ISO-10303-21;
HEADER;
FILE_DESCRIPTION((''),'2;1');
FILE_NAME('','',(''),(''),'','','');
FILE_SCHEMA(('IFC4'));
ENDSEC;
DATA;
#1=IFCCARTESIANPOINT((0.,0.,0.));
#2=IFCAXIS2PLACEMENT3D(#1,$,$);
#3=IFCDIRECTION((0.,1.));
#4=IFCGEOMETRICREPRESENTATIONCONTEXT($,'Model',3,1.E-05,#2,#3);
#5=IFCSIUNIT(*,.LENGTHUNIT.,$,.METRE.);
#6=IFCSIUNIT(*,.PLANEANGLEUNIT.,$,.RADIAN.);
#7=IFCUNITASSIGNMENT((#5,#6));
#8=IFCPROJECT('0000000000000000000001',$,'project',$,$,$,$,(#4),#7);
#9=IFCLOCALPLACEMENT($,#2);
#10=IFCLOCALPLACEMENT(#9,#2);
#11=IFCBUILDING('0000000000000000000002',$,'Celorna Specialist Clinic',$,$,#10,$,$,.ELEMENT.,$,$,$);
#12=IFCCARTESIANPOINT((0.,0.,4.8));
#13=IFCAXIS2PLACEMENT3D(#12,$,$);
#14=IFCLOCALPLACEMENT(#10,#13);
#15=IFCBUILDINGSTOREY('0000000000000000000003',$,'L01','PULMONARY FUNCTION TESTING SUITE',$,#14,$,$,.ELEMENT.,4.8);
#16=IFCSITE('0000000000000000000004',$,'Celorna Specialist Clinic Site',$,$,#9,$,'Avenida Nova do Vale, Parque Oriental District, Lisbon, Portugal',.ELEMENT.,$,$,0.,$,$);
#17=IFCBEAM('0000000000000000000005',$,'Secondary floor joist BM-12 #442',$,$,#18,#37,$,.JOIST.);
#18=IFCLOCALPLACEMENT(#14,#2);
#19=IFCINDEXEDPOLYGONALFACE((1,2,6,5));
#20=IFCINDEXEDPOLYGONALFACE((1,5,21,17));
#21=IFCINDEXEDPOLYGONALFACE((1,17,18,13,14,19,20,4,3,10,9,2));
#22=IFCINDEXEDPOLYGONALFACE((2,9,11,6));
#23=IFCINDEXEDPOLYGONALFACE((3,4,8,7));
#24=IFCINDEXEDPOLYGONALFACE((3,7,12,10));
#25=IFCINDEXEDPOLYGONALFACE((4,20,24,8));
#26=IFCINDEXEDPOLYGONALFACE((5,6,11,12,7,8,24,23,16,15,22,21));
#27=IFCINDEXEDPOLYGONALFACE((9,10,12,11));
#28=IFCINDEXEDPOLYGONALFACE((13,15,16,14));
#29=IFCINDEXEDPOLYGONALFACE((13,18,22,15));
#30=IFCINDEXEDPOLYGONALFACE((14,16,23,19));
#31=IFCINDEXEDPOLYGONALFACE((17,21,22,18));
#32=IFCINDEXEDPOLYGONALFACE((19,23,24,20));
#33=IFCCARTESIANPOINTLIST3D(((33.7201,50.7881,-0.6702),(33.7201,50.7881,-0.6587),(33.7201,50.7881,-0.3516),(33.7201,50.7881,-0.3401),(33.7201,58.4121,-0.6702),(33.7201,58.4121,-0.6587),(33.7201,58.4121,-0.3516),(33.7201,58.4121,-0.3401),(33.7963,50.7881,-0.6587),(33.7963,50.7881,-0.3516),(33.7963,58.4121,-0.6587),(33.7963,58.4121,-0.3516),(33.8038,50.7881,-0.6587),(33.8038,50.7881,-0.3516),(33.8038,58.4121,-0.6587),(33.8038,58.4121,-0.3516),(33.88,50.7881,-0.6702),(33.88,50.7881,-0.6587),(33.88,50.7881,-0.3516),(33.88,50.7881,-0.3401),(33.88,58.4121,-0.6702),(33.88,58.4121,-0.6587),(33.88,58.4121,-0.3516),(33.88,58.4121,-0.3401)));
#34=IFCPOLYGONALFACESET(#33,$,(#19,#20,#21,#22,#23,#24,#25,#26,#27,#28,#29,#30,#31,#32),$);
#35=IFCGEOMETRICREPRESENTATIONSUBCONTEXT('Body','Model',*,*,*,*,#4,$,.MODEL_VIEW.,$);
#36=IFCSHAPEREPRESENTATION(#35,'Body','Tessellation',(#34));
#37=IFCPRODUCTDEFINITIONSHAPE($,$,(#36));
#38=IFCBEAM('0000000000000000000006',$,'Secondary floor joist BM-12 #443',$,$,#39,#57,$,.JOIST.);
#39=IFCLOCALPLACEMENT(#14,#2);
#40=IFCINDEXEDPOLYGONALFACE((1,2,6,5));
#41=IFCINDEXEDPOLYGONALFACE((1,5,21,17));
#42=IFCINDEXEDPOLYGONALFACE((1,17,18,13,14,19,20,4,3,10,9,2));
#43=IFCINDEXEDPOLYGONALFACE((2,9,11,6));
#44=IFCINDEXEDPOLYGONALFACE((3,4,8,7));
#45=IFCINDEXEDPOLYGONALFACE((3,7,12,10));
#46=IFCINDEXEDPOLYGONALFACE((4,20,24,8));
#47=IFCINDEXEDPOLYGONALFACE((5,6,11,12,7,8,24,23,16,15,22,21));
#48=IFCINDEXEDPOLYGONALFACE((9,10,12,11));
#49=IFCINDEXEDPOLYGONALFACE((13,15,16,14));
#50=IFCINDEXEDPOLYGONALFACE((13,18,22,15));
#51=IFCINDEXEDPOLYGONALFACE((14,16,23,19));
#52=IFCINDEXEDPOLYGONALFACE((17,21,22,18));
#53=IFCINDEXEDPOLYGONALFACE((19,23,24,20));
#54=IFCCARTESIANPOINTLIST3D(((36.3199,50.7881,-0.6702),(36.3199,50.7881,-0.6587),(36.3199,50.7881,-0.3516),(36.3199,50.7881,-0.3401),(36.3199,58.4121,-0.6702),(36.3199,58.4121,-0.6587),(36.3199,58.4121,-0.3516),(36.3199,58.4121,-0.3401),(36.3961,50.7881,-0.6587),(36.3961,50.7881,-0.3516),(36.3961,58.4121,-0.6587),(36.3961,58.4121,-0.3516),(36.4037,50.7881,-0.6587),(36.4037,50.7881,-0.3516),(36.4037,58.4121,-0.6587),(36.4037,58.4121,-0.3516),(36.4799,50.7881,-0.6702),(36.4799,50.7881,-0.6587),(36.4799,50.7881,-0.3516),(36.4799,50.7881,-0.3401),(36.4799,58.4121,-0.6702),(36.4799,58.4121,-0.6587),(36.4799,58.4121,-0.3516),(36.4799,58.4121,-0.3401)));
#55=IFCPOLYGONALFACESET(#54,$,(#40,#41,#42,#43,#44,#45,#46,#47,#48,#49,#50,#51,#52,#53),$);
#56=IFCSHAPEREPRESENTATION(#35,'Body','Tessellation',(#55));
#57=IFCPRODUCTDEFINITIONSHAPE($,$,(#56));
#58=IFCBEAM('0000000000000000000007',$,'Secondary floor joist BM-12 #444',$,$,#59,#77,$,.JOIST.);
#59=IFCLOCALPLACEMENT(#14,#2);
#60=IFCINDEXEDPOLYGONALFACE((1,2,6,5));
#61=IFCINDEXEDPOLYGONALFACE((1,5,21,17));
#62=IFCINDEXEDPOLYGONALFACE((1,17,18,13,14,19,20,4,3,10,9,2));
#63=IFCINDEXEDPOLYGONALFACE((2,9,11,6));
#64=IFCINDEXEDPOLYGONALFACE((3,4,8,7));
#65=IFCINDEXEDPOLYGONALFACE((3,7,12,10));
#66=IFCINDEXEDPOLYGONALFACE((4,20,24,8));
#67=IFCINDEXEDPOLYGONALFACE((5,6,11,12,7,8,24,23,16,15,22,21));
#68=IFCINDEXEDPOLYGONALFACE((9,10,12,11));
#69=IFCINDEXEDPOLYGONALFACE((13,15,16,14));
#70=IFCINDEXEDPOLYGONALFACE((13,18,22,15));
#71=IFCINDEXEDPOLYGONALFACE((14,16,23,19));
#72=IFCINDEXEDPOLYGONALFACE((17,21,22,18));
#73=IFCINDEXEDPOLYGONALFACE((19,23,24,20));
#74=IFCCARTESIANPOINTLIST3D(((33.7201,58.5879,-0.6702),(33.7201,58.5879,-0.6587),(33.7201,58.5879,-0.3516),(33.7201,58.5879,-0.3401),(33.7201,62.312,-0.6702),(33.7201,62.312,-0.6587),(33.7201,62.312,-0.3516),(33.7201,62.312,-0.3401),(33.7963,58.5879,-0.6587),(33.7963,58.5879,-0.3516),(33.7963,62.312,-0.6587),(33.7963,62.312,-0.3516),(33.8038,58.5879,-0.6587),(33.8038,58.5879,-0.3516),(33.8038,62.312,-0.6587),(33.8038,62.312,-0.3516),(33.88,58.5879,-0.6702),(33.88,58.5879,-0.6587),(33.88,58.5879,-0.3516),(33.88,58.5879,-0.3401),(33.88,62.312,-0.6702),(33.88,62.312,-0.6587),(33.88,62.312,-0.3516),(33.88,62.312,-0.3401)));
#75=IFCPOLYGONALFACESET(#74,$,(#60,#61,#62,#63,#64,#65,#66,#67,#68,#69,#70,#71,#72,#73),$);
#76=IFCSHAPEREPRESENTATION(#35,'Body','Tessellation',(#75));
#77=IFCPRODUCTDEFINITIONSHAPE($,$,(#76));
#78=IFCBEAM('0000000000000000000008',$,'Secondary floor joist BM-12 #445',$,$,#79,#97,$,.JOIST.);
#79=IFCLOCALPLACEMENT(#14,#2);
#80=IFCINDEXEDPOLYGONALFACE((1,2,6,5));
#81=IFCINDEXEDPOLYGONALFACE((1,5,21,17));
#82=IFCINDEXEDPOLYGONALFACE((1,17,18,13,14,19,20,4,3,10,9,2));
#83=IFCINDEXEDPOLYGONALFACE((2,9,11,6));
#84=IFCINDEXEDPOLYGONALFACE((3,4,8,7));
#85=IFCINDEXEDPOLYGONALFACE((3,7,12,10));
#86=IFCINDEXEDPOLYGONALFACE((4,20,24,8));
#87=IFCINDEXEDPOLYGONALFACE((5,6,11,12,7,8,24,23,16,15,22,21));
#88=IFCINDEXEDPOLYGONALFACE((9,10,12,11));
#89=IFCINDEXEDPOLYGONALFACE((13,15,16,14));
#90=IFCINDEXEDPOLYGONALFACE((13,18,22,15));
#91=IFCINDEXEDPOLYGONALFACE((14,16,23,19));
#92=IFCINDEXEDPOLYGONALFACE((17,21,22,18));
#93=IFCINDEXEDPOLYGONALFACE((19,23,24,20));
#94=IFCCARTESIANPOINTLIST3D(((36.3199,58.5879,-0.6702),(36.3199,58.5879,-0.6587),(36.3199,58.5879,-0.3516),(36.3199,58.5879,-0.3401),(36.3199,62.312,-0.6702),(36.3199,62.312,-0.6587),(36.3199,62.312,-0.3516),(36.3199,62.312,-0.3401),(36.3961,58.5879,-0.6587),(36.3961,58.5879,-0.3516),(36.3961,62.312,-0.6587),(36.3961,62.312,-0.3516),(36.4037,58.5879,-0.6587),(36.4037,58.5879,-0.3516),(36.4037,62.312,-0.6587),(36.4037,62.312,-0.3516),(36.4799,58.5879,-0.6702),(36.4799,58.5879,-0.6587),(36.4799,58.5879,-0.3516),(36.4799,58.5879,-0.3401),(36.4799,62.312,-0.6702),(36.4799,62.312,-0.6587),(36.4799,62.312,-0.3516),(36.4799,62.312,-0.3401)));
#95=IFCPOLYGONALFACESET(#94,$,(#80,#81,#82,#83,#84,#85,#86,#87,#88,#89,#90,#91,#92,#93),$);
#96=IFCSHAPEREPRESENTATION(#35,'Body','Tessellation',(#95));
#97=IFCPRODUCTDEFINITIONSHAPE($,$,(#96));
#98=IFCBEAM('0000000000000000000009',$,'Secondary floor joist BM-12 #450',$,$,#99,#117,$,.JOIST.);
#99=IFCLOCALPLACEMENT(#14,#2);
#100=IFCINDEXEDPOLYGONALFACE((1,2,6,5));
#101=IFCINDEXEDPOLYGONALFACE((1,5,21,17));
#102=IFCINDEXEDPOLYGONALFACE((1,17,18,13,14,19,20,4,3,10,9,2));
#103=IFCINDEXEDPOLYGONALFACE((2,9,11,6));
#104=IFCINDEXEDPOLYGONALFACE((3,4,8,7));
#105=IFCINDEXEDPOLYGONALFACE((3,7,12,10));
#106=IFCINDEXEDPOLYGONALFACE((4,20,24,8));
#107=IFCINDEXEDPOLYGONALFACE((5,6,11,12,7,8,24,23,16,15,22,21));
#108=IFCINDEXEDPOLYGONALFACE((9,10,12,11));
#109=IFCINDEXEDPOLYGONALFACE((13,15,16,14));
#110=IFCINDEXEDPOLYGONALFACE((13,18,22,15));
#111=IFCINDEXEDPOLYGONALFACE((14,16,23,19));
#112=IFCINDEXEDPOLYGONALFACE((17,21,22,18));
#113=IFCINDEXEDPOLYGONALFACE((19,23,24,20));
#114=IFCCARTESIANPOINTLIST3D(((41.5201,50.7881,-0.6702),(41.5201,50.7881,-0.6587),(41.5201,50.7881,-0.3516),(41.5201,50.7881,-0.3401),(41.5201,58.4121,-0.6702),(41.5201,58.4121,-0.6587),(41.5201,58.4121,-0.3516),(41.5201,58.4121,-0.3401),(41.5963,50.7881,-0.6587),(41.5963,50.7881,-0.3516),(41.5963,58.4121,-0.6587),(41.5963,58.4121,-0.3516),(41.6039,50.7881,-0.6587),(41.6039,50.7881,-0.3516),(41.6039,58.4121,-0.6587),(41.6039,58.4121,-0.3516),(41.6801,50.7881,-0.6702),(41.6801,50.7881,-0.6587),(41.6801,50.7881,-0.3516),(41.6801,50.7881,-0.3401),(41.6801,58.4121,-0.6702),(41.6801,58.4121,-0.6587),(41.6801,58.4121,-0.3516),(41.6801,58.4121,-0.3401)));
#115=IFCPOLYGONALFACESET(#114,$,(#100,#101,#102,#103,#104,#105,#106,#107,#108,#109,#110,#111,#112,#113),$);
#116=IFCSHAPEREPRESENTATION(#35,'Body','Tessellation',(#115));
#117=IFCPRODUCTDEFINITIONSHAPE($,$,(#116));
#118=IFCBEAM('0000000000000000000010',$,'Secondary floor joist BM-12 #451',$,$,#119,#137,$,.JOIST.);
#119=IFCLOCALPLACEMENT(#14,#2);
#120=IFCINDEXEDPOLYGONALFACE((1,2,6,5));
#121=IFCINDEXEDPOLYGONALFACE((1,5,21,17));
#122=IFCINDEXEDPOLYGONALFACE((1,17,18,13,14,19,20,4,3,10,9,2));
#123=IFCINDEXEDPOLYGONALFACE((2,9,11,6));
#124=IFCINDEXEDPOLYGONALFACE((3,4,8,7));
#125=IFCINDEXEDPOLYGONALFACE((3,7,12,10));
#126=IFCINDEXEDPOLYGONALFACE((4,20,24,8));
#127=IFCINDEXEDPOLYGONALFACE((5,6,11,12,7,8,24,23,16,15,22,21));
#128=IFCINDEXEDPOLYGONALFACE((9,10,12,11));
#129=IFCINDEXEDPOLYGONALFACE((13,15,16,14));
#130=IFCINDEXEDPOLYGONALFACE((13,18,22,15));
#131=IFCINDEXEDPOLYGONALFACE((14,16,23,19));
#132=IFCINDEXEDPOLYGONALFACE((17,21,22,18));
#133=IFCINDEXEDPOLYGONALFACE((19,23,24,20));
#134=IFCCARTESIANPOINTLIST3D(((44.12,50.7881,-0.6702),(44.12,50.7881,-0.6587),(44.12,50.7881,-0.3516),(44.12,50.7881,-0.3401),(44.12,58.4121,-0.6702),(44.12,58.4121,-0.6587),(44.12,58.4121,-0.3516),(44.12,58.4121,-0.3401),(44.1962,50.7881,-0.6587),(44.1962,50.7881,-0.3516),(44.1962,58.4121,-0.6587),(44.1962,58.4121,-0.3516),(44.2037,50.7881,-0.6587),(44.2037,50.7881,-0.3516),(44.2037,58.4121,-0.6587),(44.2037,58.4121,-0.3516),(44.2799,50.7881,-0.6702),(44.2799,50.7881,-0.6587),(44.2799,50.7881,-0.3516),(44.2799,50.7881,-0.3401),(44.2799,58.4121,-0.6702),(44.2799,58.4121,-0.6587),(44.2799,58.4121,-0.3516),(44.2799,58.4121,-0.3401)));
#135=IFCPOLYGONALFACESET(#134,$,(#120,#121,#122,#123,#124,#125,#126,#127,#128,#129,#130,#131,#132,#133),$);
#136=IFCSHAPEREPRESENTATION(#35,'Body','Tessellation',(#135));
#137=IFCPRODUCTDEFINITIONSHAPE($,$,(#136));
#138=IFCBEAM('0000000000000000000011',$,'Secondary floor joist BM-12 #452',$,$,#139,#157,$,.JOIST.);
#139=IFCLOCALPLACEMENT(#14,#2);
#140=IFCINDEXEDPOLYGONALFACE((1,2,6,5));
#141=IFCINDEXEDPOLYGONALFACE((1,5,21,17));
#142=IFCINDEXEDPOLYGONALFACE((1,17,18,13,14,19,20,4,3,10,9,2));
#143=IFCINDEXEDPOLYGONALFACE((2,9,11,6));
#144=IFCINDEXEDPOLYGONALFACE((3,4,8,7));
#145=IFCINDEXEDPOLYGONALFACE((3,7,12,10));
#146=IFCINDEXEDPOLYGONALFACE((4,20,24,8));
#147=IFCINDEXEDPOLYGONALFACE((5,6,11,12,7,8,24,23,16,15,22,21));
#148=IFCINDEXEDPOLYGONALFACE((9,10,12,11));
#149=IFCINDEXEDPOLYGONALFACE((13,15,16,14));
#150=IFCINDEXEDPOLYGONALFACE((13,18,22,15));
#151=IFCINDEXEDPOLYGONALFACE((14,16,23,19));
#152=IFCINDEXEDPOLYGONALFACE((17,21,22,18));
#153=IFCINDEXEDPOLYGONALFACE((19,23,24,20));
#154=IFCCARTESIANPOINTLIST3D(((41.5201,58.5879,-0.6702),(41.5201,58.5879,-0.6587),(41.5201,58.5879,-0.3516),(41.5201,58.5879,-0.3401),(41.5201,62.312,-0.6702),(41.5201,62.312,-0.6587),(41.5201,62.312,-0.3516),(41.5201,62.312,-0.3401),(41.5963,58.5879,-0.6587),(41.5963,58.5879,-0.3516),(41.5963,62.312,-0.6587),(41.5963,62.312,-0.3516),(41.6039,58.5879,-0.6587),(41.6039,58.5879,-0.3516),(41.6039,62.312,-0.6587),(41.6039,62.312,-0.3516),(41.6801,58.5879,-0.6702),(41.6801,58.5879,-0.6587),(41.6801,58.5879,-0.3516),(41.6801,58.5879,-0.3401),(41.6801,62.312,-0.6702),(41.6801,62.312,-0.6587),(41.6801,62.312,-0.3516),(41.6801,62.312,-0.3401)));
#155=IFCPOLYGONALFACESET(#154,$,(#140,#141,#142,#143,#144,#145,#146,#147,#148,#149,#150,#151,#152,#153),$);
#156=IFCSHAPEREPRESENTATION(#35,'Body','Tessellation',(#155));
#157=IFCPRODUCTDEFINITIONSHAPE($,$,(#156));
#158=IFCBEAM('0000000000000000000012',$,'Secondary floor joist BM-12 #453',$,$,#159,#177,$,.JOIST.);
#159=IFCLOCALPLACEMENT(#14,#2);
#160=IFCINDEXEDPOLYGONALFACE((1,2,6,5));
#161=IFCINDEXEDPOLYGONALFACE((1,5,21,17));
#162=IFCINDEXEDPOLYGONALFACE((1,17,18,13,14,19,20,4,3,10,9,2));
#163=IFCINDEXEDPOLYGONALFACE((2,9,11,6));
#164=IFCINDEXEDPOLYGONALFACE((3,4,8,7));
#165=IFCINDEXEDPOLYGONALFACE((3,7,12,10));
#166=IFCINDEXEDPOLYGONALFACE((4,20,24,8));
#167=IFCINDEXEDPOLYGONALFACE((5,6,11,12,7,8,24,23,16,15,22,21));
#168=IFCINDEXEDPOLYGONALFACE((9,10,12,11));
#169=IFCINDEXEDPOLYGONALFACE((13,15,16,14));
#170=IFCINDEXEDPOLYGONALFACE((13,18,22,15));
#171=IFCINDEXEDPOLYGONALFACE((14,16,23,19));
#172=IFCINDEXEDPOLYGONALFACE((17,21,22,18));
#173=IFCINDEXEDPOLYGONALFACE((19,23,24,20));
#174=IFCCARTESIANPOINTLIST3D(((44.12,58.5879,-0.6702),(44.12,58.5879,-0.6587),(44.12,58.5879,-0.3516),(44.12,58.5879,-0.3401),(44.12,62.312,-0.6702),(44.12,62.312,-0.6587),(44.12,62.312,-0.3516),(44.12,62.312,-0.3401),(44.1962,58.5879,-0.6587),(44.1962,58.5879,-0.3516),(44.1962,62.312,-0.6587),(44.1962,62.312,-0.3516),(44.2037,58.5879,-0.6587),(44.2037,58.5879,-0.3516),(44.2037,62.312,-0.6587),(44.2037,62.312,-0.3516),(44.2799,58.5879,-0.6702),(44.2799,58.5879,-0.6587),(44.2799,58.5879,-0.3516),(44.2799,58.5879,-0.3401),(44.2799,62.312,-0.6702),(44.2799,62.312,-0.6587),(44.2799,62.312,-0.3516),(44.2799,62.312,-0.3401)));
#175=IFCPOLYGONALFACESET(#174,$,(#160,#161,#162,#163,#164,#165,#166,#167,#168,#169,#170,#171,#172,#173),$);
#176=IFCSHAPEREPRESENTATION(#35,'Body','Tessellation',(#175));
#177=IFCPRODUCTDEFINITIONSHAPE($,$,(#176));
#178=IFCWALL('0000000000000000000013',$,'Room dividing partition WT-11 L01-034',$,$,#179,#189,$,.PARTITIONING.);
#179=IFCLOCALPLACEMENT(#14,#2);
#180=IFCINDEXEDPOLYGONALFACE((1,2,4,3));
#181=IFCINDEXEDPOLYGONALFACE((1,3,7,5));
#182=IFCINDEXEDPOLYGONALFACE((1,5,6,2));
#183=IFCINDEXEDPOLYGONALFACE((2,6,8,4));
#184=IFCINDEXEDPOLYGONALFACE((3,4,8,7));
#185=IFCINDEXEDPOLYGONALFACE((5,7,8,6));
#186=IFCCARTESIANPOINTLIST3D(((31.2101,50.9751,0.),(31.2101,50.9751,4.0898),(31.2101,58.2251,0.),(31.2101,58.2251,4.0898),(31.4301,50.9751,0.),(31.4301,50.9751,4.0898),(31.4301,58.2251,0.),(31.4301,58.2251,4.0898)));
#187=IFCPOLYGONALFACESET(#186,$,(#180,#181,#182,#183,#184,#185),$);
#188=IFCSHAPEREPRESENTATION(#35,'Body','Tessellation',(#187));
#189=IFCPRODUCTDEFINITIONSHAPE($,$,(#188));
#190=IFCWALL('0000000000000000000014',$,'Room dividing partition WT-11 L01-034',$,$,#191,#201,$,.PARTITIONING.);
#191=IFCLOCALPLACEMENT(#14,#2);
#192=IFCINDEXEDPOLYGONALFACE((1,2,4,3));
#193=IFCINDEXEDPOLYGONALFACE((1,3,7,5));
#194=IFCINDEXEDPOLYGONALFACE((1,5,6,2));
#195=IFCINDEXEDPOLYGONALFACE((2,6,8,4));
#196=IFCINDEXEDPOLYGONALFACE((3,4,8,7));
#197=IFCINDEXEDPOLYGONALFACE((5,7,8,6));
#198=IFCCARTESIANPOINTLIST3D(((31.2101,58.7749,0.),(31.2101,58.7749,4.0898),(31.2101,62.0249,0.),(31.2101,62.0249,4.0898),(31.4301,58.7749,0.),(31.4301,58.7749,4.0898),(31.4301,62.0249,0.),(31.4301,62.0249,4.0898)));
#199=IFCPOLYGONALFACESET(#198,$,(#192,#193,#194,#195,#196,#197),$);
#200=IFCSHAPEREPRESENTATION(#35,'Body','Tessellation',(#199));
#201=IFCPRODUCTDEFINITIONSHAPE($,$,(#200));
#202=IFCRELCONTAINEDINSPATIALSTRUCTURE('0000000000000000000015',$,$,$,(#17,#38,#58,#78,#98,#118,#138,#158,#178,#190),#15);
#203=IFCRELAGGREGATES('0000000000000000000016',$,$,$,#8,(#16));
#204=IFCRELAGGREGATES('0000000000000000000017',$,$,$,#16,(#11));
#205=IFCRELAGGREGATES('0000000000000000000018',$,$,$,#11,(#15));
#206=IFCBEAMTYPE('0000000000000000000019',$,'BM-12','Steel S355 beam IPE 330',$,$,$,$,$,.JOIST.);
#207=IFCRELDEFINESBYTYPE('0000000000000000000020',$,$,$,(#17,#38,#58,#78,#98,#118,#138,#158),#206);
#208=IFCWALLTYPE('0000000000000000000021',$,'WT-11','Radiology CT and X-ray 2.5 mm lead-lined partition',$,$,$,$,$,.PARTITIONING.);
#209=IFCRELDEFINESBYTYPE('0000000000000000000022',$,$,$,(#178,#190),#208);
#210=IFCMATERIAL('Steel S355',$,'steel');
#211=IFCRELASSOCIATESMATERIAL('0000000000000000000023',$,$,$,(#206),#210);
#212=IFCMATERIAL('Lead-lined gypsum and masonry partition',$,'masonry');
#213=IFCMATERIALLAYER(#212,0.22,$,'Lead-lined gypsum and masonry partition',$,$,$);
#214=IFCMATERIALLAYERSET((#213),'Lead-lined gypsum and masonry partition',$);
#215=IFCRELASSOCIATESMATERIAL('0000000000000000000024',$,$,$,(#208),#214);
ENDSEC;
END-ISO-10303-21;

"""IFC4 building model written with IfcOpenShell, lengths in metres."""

from ifc_helpers import new_model, si_unit, direction, frame, frame_2d, origin, origin_2d, place, context, subcontext, project, spatial, rectangle, i_section, extrude, material, layer, layer_set, material_profile, profile_set, type_object, element, save


model = new_model("IFC4")

# Units and contexts
model_context = context("Model", 3, precision=1e-05, world=origin(), true_north=direction((0.0, 1.0)))
body_context = subcontext(model_context, "Body", "Model", "MODEL_VIEW")
ifc_project = project(units=[si_unit("LENGTHUNIT", "METRE"), si_unit("PLANEANGLEUNIT", "RADIAN")], contexts=[model_context])

# Site, building, storey
site_placement = place(None, origin())
site = spatial("IfcSite", under=ifc_project, at=site_placement, Name="Celorna Specialist Clinic Site", LongName="Avenida Nova do Vale, Parque Oriental District, Lisbon, Portugal", CompositionType="ELEMENT", RefElevation=0.0)
building_placement = place(site_placement, origin())
building = spatial("IfcBuilding", under=site, at=building_placement, Name="Celorna Specialist Clinic", CompositionType="ELEMENT")
storey_placement = place(building_placement, frame((0.0, 0.0, 4.8)))
storey = spatial("IfcBuildingStorey", under=building, at=storey_placement, Name="L01", Description="PULMONARY FUNCTION TESTING SUITE", CompositionType="ELEMENT", Elevation=4.8)

# Beams
ifc_material_1 = material(Name="Steel S355", Category="steel")
ifc_material_profile_1 = material_profile(ifc_material_1, i_section(OverallWidth=0.1599, OverallDepth=0.3301, WebThickness=0.0076, FlangeThickness=0.0115, at=origin_2d()), Name="IPE 330")
ifc_profile_set_1 = profile_set([ifc_material_profile_1], Name="Steel S355")
beam_type_1 = type_object("IfcBeamType", Name="BM-12", Description="Steel S355 beam IPE 330", PredefinedType="JOIST", material=ifc_profile_set_1)
for number, where, z_axis, x_axis, name in (
    (1, (33.8, 50.7881, -0.5051), (0.0, 1.0, 0.0), (-1.0, 0.0, 0.0), "Secondary floor joist BM-12 #442"),
    (2, (36.3999, 50.7881, -0.5051), (0.0, 1.0, 0.0), (-1.0, 0.0, 0.0), "Secondary floor joist BM-12 #443"),
):
    element("IfcBeam", number, at=place(storey_placement, frame(where, z_axis=z_axis, x_axis=x_axis)), inside=storey, type_object=beam_type_1, Name=name, PredefinedType="JOIST", context=body_context, shape_type="SweptSolid", body=[
        extrude(i_section(OverallWidth=0.1599, OverallDepth=0.3301, WebThickness=0.0076, FlangeThickness=0.0115, at=origin_2d()), origin(), (0.0, 0.0, 1.0), 7.624),
    ])
for number, where, z_axis, x_axis, name in (
    (3, (33.8, 58.5879, -0.5051), (0.0, 1.0, 0.0), (-1.0, 0.0, 0.0), "Secondary floor joist BM-12 #444"),
    (4, (36.3999, 58.5879, -0.5051), (0.0, 1.0, 0.0), (-1.0, 0.0, 0.0), "Secondary floor joist BM-12 #445"),
):
    element("IfcBeam", number, at=place(storey_placement, frame(where, z_axis=z_axis, x_axis=x_axis)), inside=storey, type_object=beam_type_1, Name=name, PredefinedType="JOIST", context=body_context, shape_type="SweptSolid", body=[
        extrude(i_section(OverallWidth=0.1599, OverallDepth=0.3301, WebThickness=0.0076, FlangeThickness=0.0115, at=origin_2d()), origin(), (0.0, 0.0, 1.0), 3.7241),
    ])
for number, where, z_axis, x_axis, name in (
    (5, (41.6001, 50.7881, -0.5051), (0.0, 1.0, 0.0), (-1.0, 0.0, 0.0), "Secondary floor joist BM-12 #450"),
    (6, (44.2, 50.7881, -0.5051), (0.0, 1.0, 0.0), (-1.0, 0.0, 0.0), "Secondary floor joist BM-12 #451"),
):
    element("IfcBeam", number, at=place(storey_placement, frame(where, z_axis=z_axis, x_axis=x_axis)), inside=storey, type_object=beam_type_1, Name=name, PredefinedType="JOIST", context=body_context, shape_type="SweptSolid", body=[
        extrude(i_section(OverallWidth=0.1599, OverallDepth=0.3301, WebThickness=0.0076, FlangeThickness=0.0115, at=origin_2d()), origin(), (0.0, 0.0, 1.0), 7.624),
    ])
for number, where, z_axis, x_axis, name in (
    (7, (41.6001, 58.5879, -0.5051), (0.0, 1.0, 0.0), (-1.0, 0.0, 0.0), "Secondary floor joist BM-12 #452"),
    (8, (44.2, 58.5879, -0.5051), (0.0, 1.0, 0.0), (-1.0, 0.0, 0.0), "Secondary floor joist BM-12 #453"),
):
    element("IfcBeam", number, at=place(storey_placement, frame(where, z_axis=z_axis, x_axis=x_axis)), inside=storey, type_object=beam_type_1, Name=name, PredefinedType="JOIST", context=body_context, shape_type="SweptSolid", body=[
        extrude(i_section(OverallWidth=0.1599, OverallDepth=0.3301, WebThickness=0.0076, FlangeThickness=0.0115, at=origin_2d()), origin(), (0.0, 0.0, 1.0), 3.7241),
    ])

# Walls
ifc_material_2 = material(Name="Lead-lined gypsum and masonry partition", Category="masonry")
ifc_layer = layer(ifc_material_2, 0.22, Name="Lead-lined gypsum and masonry partition")
ifc_layer_set = layer_set([ifc_layer], Name="Lead-lined gypsum and masonry partition")
wall_type = type_object("IfcWallType", Name="WT-11", Description="Radiology CT and X-ray 2.5 mm lead-lined partition", PredefinedType="PARTITIONING", material=ifc_layer_set)
wall_1_placement = place(storey_placement, frame((31.3201, 50.9751, 0.0), z_axis=(0.0, 0.0, 1.0), x_axis=(0.0, 1.0, 0.0)))
element("IfcWall", 9, at=wall_1_placement, inside=storey, type_object=wall_type, Name="Room dividing partition WT-11 L01-034", PredefinedType="PARTITIONING", context=body_context, shape_type="SweptSolid", body=[
    extrude(rectangle(XDim=7.25, YDim=0.22, at=frame_2d((3.625, 0.0))), origin(), (0.0, 0.0, 1.0), 4.0898),
])
wall_2_placement = place(storey_placement, frame((31.3201, 58.7749, 0.0), z_axis=(0.0, 0.0, 1.0), x_axis=(0.0, 1.0, 0.0)))
element("IfcWall", 10, at=wall_2_placement, inside=storey, type_object=wall_type, Name="Room dividing partition WT-11 L01-034", PredefinedType="PARTITIONING", context=body_context, shape_type="SweptSolid", body=[
    extrude(rectangle(XDim=3.25, YDim=0.22, at=frame_2d((1.625, 0.0))), origin(), (0.0, 0.0, 1.0), 4.0898),
])

save(model, "model.ifc")
